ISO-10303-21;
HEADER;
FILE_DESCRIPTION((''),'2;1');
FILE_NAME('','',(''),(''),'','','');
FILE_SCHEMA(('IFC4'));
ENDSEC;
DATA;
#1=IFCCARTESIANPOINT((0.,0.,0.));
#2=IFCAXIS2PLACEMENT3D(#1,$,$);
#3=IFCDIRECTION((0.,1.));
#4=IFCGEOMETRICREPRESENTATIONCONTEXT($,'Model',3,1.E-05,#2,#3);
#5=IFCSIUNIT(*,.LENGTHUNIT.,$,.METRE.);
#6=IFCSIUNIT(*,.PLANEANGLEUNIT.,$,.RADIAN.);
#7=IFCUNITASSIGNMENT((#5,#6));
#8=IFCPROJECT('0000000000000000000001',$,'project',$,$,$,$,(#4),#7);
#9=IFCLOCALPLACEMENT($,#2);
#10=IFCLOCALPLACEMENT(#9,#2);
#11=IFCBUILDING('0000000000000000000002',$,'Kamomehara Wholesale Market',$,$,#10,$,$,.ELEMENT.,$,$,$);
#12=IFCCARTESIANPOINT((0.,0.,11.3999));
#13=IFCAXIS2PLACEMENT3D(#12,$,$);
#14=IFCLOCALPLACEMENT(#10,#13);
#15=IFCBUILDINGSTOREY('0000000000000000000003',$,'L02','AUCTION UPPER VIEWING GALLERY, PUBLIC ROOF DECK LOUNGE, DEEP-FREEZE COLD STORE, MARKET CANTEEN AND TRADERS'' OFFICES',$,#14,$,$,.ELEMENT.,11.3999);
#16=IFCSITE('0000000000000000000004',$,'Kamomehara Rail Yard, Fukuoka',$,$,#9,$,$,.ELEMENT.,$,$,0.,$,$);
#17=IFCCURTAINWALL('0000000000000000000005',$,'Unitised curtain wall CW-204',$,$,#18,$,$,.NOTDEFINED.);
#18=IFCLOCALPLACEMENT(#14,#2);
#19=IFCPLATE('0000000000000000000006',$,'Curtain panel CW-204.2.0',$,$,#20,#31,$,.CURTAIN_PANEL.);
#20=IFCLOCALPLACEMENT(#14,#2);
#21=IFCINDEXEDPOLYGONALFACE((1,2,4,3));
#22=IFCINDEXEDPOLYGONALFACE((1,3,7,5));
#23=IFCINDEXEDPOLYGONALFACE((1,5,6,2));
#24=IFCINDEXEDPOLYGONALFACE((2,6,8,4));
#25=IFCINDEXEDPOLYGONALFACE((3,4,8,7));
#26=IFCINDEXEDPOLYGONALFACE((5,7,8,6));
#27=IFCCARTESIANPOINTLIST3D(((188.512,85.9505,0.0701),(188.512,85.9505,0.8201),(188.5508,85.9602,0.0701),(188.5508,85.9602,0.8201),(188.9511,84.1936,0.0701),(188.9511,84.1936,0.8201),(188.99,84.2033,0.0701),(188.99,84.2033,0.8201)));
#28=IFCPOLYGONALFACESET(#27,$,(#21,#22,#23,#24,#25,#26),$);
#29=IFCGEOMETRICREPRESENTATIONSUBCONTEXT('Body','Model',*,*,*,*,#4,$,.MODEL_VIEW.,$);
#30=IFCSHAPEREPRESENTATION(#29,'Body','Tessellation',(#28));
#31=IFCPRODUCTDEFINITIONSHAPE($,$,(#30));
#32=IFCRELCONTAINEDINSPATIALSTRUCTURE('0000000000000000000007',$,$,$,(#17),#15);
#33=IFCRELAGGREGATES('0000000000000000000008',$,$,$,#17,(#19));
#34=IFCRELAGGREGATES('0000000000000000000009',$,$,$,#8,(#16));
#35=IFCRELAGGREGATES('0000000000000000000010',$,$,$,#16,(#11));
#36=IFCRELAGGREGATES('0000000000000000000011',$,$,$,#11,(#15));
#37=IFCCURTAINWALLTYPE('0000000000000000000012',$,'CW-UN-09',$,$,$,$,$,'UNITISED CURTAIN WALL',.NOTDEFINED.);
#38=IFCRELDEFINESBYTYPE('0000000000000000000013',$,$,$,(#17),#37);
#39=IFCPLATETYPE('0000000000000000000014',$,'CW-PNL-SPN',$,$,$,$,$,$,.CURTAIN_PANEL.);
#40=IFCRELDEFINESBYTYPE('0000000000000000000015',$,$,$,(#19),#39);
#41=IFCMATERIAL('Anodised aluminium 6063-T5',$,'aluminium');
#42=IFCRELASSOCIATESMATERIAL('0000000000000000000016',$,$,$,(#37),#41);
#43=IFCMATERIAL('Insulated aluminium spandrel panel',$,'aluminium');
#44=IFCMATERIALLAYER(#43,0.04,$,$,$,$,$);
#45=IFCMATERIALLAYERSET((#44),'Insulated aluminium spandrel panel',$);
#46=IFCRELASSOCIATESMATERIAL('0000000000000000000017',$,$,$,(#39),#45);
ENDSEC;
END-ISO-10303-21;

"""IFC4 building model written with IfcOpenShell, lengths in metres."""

from ifc_helpers import new_model, si_unit, direction, frame, origin, origin_2d, place, context, subcontext, project, spatial, rectangle, extrude, material, layer, layer_set, type_object, element, aggregate, save


model = new_model("IFC4")

# Units and contexts
model_context = context("Model", 3, precision=1e-05, world=origin(), true_north=direction((0.0, 1.0)))
body_context = subcontext(model_context, "Body", "Model", "MODEL_VIEW")
ifc_project = project(units=[si_unit("LENGTHUNIT", "METRE"), si_unit("PLANEANGLEUNIT", "RADIAN")], contexts=[model_context])

# Site, building, storey
site_placement = place(None, origin())
site = spatial("IfcSite", under=ifc_project, at=site_placement, Name="Kamomehara Rail Yard, Fukuoka", CompositionType="ELEMENT", RefElevation=0.0)
building_placement = place(site_placement, origin())
building = spatial("IfcBuilding", under=site, at=building_placement, Name="Kamomehara Wholesale Market", CompositionType="ELEMENT")
storey_placement = place(building_placement, frame((0.0, 0.0, 11.3999)))
storey = spatial("IfcBuildingStorey", under=building, at=storey_placement, Name="L02", Description="AUCTION UPPER VIEWING GALLERY, PUBLIC ROOF DECK LOUNGE, DEEP-FREEZE COLD STORE, MARKET CANTEEN AND TRADERS' OFFICES", CompositionType="ELEMENT", Elevation=11.3999)

# Curtain wall
ifc_material_1 = material(Name="Anodised aluminium 6063-T5", Category="aluminium")
curtain_wall_type = type_object("IfcCurtainWallType", Name="CW-UN-09", ElementType="UNITISED CURTAIN WALL", PredefinedType="NOTDEFINED", material=ifc_material_1)
curtain_wall_1_placement = place(storey_placement, origin())
curtain_wall_1 = element("IfcCurtainWall", 1, at=curtain_wall_1_placement, inside=storey, type_object=curtain_wall_type, Name="Unitised curtain wall CW-204", PredefinedType="NOTDEFINED")

# Plate
ifc_material_2 = material(Name="Insulated aluminium spandrel panel", Category="aluminium")
ifc_layer_1 = layer(ifc_material_2, 0.04)
ifc_layer_set_1 = layer_set([ifc_layer_1], Name="Insulated aluminium spandrel panel")
plate_type_1 = type_object("IfcPlateType", Name="CW-PNL-SPN", PredefinedType="CURTAIN_PANEL", material=ifc_layer_set_1)
plate_1_placement = place(storey_placement, frame((188.751, 85.0769, 0.0701), z_axis=(0.0, 0.0, 1.0), x_axis=(0.242498, -0.970152, 0.0)))
plate_1 = element("IfcPlate", 2, at=plate_1_placement, type_object=plate_type_1, Name="Curtain panel CW-204.2.0", PredefinedType="CURTAIN_PANEL", context=body_context, shape_type="SweptSolid", body=[
    extrude(rectangle(XDim=1.811, YDim=0.04, at=origin_2d()), origin(), (0.0, 0.0, 1.0), 0.75),
])
aggregate(curtain_wall_1, [plate_1])

save(model, "model.ifc")
